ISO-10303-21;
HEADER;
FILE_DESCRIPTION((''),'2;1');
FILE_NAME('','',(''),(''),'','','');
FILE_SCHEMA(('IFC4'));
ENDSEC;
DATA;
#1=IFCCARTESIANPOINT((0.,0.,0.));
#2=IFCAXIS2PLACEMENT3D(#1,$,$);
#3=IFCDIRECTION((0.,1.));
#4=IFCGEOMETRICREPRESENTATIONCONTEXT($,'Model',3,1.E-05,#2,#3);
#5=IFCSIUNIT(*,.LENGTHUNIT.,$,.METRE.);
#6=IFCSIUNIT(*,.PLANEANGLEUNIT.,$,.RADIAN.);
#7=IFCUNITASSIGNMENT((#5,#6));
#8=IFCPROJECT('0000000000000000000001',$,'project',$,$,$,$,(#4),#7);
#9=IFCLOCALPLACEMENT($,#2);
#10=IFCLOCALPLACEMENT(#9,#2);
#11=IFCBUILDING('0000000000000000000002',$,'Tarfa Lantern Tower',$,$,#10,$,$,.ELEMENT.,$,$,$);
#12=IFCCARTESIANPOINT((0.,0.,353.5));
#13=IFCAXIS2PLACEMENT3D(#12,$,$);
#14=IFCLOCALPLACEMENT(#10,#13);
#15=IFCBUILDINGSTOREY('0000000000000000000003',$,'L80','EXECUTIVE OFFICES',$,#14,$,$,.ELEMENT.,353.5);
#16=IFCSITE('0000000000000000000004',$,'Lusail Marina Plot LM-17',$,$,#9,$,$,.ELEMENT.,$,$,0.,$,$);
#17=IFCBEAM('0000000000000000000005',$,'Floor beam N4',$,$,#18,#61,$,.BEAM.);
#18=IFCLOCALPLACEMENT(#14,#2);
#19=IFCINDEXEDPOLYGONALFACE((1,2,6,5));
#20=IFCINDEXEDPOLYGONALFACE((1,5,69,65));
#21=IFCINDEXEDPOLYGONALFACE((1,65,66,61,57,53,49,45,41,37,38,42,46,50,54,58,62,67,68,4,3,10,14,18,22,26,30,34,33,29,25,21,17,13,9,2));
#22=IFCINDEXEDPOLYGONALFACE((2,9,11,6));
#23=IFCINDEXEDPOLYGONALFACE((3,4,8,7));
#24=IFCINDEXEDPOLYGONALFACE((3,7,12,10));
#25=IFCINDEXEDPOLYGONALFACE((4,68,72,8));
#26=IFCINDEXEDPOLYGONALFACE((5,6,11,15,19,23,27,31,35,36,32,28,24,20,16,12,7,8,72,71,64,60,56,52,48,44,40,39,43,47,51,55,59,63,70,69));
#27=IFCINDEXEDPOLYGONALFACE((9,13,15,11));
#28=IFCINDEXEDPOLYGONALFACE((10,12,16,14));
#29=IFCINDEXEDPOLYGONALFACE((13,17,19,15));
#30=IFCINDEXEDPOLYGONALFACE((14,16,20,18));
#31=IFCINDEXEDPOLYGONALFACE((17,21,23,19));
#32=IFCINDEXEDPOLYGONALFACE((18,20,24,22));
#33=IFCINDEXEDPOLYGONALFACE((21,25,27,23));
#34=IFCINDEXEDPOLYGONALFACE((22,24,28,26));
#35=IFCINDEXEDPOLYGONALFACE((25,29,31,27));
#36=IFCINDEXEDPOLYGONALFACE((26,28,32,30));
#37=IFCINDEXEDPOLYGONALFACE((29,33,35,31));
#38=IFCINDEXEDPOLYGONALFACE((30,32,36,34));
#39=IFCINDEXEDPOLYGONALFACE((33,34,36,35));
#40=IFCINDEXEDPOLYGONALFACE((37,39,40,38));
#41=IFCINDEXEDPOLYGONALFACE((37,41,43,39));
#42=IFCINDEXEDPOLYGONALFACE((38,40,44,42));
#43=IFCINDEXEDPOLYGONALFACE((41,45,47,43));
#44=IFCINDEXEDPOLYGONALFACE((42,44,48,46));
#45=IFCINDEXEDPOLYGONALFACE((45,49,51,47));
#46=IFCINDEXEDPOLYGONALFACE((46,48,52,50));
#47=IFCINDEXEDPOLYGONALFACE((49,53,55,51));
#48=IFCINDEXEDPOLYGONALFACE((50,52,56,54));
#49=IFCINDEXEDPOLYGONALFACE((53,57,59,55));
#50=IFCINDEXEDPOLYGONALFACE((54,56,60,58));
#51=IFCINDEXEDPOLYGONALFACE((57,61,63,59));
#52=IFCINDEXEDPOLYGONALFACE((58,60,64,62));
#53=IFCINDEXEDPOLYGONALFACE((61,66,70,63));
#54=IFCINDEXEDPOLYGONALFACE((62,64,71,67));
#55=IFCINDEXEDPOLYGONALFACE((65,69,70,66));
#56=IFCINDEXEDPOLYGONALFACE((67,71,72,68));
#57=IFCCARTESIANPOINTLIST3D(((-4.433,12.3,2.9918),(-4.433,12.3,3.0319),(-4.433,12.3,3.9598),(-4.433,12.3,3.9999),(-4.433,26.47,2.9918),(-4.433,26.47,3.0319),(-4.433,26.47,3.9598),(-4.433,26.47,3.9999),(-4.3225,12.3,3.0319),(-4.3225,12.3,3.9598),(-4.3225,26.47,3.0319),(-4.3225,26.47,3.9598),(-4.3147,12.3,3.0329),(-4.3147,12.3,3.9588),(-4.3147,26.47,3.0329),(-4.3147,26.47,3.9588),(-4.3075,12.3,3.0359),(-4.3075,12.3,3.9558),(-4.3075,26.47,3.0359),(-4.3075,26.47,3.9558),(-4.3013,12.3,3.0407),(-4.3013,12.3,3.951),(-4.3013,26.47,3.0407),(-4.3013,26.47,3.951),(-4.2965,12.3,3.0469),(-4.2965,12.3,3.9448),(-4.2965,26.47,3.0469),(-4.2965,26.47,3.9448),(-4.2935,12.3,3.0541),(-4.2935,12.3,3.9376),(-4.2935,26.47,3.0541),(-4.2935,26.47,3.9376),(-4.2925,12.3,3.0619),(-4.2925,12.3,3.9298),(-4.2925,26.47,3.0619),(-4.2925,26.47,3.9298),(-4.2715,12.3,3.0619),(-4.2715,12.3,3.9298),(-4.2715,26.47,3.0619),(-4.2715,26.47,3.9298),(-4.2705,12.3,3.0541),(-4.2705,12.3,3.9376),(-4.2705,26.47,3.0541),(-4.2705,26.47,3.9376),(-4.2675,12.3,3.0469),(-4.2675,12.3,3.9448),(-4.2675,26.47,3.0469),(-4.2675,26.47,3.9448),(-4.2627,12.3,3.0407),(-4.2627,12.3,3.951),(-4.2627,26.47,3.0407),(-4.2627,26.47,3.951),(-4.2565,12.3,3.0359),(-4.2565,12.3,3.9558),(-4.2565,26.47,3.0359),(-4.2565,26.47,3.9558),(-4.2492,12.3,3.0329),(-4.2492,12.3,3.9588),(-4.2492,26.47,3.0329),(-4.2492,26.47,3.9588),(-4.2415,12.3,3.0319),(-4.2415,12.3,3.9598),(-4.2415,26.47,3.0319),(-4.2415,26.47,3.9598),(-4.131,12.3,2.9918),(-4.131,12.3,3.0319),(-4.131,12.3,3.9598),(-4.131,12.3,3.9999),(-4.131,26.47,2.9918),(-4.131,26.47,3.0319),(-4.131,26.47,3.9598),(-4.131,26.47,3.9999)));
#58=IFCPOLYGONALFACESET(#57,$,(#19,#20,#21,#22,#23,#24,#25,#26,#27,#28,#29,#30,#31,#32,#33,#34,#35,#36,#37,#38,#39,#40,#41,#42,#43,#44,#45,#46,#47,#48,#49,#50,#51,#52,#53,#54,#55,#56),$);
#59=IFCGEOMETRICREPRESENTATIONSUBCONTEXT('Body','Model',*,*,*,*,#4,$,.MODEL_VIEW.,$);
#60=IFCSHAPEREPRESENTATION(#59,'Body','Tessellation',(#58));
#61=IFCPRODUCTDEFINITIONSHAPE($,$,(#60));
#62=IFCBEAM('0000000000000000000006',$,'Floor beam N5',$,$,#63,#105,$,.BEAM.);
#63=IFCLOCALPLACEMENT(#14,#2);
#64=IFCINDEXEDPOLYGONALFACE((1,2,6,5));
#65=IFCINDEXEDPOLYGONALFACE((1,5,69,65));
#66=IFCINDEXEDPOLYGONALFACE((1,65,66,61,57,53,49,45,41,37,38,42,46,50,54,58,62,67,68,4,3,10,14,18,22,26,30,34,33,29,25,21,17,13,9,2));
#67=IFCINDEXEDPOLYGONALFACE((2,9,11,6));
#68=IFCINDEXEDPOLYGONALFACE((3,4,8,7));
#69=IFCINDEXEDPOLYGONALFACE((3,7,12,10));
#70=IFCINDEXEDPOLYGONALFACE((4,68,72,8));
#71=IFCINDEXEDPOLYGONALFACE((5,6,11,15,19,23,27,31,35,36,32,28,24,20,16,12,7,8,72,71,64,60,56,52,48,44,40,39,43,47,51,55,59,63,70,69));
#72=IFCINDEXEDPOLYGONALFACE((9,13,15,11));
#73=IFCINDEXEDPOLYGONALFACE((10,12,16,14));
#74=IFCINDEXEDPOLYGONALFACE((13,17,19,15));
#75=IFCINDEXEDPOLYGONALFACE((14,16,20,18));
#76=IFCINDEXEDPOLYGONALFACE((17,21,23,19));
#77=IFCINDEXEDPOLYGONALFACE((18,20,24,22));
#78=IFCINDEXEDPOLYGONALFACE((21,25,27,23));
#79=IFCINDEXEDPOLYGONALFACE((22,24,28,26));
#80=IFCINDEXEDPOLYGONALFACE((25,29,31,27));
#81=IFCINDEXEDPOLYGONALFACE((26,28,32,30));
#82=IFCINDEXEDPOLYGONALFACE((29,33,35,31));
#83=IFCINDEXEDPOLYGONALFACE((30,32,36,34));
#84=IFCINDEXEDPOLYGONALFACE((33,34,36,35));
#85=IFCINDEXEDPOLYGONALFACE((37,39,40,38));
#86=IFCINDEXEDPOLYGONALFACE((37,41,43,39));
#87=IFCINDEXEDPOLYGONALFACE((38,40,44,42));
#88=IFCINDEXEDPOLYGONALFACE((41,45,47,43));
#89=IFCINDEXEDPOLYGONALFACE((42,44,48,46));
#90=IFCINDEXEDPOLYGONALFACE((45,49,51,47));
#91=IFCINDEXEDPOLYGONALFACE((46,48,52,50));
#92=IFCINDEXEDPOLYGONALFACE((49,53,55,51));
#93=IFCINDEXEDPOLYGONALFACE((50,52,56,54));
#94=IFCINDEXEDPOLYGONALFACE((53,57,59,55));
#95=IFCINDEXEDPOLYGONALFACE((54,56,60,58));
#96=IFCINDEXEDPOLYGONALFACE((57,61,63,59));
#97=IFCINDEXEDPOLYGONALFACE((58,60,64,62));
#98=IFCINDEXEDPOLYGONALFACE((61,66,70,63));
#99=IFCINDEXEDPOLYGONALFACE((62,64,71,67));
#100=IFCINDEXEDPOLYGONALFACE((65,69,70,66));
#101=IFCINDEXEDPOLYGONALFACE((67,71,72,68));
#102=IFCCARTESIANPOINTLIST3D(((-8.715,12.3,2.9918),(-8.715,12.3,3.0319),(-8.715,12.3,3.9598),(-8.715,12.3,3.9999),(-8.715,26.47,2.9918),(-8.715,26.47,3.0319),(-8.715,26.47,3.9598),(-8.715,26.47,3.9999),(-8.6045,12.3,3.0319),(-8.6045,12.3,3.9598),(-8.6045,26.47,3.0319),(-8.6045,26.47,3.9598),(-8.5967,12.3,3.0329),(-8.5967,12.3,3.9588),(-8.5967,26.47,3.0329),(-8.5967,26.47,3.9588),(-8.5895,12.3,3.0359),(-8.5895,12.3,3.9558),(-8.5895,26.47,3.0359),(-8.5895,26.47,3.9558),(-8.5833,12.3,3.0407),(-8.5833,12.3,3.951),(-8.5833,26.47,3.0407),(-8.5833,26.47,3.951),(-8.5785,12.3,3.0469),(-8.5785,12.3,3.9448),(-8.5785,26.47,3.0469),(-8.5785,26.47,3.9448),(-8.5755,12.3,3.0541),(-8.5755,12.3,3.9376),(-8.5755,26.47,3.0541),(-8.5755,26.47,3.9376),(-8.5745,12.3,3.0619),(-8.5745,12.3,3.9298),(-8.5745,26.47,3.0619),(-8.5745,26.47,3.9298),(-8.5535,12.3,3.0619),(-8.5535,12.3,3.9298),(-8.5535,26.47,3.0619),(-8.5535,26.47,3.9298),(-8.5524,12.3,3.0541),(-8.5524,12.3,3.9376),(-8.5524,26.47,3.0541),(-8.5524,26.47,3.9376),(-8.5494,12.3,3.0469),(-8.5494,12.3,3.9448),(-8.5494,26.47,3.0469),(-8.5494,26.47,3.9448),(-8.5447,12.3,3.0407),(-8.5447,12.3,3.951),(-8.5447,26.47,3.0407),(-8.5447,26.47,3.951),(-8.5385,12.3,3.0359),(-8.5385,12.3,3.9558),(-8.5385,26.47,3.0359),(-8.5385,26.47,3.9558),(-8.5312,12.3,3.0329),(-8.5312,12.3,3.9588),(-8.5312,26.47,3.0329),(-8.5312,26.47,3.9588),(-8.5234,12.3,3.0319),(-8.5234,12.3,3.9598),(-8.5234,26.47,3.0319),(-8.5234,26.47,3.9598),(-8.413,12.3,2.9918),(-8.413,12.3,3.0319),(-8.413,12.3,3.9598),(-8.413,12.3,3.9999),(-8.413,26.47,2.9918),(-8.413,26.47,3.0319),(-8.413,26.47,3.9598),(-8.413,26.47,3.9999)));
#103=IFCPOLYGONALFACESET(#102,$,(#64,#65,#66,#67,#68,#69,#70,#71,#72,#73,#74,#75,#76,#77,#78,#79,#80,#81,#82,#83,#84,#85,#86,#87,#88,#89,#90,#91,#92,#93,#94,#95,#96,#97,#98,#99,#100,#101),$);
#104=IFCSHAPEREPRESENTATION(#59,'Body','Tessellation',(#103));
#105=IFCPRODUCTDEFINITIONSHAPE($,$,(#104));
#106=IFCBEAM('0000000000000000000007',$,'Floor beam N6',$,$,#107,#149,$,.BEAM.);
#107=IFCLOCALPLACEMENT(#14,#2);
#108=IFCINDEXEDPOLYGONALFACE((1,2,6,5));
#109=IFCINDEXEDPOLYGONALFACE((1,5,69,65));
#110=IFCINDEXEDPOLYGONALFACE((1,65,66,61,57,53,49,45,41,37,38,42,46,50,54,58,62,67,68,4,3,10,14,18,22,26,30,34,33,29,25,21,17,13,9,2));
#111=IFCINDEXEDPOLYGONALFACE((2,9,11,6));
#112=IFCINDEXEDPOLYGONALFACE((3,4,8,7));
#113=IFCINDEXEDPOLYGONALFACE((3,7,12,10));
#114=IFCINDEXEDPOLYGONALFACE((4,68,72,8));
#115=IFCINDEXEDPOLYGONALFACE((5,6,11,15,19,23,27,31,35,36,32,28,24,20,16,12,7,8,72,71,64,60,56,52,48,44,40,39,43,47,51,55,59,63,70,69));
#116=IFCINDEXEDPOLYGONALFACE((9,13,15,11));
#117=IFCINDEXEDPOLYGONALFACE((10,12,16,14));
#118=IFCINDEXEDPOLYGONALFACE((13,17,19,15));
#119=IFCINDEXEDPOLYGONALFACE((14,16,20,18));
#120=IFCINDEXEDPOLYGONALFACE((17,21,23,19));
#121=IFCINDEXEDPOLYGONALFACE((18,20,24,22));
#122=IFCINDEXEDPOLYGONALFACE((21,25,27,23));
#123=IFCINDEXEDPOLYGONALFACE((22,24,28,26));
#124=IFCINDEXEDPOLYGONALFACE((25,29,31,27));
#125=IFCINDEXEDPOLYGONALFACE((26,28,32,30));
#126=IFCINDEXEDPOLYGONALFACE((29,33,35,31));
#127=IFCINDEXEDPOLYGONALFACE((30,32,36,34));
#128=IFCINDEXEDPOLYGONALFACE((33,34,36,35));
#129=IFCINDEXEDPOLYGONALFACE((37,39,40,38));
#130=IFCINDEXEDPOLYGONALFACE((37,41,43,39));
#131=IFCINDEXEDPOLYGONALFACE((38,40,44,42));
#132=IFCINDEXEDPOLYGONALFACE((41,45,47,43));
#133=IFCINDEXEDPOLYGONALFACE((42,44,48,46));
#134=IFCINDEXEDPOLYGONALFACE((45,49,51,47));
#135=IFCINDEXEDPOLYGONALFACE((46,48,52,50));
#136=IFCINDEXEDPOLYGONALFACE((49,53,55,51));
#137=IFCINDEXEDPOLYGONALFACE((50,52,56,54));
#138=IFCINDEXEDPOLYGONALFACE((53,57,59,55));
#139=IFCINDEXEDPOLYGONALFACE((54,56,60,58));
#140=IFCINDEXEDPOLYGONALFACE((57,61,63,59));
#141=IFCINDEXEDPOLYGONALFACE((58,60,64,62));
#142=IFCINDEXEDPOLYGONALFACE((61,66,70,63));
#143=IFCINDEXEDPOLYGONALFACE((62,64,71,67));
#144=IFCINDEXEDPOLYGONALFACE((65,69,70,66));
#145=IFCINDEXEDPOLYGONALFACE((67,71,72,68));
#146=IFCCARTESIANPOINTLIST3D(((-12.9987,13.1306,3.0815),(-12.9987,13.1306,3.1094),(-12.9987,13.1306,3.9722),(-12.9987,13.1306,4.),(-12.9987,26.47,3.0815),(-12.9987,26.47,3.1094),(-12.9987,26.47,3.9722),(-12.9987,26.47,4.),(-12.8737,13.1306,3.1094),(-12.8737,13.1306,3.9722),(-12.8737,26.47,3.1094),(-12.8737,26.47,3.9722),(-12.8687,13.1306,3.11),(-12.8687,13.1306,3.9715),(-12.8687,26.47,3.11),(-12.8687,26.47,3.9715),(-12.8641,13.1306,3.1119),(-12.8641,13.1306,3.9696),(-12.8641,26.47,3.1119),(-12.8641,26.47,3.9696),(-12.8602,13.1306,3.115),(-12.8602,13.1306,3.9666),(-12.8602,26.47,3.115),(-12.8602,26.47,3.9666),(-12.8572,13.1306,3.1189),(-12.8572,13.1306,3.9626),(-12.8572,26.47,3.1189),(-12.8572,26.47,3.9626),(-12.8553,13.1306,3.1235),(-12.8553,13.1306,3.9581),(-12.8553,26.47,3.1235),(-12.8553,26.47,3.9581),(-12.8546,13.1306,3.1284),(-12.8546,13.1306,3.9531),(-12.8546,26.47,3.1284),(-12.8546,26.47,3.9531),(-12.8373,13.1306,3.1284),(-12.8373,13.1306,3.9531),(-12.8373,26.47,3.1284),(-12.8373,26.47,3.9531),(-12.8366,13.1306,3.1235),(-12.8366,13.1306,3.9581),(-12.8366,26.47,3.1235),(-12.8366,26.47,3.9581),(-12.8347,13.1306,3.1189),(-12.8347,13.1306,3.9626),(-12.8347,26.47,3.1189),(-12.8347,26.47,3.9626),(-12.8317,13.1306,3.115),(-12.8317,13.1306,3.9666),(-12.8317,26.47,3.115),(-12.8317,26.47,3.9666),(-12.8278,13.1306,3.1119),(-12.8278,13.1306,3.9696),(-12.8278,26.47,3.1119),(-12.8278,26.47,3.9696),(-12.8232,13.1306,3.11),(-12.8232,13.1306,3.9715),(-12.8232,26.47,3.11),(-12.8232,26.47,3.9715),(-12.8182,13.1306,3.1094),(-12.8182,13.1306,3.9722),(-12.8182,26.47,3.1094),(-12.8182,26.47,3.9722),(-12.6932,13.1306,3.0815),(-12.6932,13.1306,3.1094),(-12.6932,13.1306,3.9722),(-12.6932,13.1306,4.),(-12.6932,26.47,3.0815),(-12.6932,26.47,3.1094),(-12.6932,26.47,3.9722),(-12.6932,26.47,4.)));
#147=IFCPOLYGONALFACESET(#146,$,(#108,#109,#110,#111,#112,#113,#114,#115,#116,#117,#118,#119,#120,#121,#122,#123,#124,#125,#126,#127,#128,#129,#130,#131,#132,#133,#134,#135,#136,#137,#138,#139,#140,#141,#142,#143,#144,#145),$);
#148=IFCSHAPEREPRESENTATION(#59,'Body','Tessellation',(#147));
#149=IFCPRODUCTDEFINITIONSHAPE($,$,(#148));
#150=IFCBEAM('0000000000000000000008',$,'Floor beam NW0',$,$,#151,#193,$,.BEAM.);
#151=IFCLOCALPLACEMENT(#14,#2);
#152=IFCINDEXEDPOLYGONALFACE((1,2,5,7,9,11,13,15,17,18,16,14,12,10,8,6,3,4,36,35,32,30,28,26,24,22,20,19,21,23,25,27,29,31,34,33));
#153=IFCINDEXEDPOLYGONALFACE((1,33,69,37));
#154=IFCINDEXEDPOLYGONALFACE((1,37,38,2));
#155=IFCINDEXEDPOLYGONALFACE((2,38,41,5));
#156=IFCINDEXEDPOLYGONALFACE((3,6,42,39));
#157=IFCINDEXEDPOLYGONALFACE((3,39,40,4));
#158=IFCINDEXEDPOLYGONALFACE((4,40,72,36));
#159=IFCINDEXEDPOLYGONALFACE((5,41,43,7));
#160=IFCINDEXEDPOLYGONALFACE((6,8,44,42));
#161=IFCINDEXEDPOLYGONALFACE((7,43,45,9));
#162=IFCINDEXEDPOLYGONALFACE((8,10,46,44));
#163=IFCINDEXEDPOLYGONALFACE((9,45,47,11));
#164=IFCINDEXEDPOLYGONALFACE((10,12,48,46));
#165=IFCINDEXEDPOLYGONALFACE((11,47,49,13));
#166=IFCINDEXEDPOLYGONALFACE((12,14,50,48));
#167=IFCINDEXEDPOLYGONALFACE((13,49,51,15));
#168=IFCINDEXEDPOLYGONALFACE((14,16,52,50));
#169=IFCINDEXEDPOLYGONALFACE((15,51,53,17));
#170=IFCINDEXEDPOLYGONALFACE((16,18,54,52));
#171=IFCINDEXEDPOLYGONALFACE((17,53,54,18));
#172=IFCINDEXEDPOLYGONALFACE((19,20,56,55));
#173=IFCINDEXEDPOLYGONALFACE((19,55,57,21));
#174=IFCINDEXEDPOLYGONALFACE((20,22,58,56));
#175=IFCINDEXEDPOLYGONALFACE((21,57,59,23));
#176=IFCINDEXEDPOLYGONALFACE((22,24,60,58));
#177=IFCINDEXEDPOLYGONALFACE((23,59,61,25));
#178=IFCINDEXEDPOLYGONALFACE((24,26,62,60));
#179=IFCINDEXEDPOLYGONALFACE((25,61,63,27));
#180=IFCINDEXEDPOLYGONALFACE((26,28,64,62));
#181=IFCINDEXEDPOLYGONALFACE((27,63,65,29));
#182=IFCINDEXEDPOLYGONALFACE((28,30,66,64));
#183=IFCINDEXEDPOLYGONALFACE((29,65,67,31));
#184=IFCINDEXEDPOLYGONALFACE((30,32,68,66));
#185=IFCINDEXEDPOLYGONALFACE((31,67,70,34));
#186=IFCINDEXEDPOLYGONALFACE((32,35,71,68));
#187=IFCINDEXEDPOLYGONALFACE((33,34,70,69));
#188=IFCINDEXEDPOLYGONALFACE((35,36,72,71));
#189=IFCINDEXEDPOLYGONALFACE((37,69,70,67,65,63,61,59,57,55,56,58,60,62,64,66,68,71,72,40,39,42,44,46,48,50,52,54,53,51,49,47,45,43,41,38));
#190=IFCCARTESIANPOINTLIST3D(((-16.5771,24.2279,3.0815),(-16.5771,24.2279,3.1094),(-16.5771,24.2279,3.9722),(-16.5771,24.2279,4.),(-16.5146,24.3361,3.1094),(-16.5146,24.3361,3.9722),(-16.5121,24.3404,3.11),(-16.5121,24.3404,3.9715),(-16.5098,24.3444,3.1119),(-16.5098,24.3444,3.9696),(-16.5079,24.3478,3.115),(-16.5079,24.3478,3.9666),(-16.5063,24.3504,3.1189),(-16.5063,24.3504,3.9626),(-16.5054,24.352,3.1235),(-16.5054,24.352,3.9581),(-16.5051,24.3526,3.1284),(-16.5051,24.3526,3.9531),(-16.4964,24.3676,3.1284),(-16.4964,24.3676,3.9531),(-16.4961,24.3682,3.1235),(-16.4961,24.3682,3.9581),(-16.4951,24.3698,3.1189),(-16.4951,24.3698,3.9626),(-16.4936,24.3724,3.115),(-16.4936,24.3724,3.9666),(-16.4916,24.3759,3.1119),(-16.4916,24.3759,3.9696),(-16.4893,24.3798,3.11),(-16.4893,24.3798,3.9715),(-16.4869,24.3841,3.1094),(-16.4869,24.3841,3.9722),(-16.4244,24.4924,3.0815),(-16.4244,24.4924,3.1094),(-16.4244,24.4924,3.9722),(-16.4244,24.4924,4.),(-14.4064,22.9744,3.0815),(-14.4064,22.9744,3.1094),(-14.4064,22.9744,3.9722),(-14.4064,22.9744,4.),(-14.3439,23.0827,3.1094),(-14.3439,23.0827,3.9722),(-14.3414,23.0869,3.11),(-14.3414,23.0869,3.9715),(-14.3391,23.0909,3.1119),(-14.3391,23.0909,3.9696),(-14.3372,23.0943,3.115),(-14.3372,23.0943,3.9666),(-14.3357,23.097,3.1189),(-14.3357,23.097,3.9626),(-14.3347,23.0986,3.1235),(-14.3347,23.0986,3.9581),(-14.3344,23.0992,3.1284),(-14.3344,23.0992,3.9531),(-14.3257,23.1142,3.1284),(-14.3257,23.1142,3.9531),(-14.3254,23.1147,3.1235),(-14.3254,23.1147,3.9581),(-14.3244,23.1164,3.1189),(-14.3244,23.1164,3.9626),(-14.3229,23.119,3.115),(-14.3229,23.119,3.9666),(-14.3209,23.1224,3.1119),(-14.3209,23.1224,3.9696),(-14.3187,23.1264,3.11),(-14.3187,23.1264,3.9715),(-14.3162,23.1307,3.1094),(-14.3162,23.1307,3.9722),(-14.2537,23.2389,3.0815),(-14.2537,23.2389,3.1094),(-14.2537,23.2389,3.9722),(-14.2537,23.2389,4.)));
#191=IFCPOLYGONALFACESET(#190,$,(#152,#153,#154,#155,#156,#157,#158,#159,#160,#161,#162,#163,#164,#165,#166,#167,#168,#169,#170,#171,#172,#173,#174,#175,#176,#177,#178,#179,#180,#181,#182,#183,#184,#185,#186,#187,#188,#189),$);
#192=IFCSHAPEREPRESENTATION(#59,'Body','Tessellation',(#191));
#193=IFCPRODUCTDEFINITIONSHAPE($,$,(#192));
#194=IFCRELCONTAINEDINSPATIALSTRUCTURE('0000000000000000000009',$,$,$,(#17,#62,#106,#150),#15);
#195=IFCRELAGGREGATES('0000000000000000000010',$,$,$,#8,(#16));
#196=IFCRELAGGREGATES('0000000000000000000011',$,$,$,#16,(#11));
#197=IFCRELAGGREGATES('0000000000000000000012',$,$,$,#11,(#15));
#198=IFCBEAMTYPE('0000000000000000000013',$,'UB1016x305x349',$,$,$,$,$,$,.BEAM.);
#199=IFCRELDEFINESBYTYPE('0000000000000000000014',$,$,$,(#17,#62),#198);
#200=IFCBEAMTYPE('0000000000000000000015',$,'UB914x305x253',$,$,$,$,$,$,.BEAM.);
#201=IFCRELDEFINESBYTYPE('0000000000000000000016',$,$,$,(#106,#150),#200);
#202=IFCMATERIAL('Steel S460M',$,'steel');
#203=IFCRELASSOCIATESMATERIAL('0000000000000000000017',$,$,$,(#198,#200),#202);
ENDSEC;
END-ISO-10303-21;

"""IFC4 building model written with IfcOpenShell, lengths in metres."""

from ifc_helpers import new_model, si_unit, direction, frame, origin, origin_2d, place, context, subcontext, project, spatial, i_section, extrude, material, material_profile, profile_set, type_object, element, save


model = new_model("IFC4")

# Units and contexts
model_context = context("Model", 3, precision=1e-05, world=origin(), true_north=direction((0.0, 1.0)))
body_context = subcontext(model_context, "Body", "Model", "MODEL_VIEW")
ifc_project = project(units=[si_unit("LENGTHUNIT", "METRE"), si_unit("PLANEANGLEUNIT", "RADIAN")], contexts=[model_context])

# Site, building, storey
site_placement = place(None, origin())
site = spatial("IfcSite", under=ifc_project, at=site_placement, Name="Lusail Marina Plot LM-17", CompositionType="ELEMENT", RefElevation=0.0)
building_placement = place(site_placement, origin())
building = spatial("IfcBuilding", under=site, at=building_placement, Name="Tarfa Lantern Tower", CompositionType="ELEMENT")
storey_placement = place(building_placement, frame((0.0, 0.0, 353.5)))
storey = spatial("IfcBuildingStorey", under=building, at=storey_placement, Name="L80", Description="EXECUTIVE OFFICES", CompositionType="ELEMENT", Elevation=353.5)

# Beams
ifc_material_1 = material(Name="Steel S460M", Category="steel")
ifc_material_profile_1 = material_profile(ifc_material_1, i_section(OverallWidth=0.302, OverallDepth=1.0081, WebThickness=0.021, FlangeThickness=0.04, FilletRadius=0.03, at=origin_2d()), Name="UB1016x305x349")
ifc_profile_set_1 = profile_set([ifc_material_profile_1], Name="Steel S460M")
beam_type_1 = type_object("IfcBeamType", Name="UB1016x305x349", PredefinedType="BEAM", material=ifc_profile_set_1)
for number, where, z_axis, x_axis, name in (
    (1, (-4.282, 26.47, 3.4958), (0.0, -1.0, 0.0), (1.0, 0.0, 0.0), "Floor beam N4"),
    (2, (-8.564, 26.47, 3.4958), (0.0, -1.0, 0.0), (1.0, 0.0, 0.0), "Floor beam N5"),
):
    element("IfcBeam", number, at=place(storey_placement, frame(where, z_axis=z_axis, x_axis=x_axis)), inside=storey, type_object=beam_type_1, Name=name, PredefinedType="BEAM", context=body_context, shape_type="SweptSolid", body=[
        extrude(i_section(OverallWidth=0.302, OverallDepth=1.0081, WebThickness=0.021, FlangeThickness=0.04, FilletRadius=0.03, at=origin_2d()), origin(), (0.0, 0.0, 1.0), 14.1699),
    ])
ifc_material_profile_2 = material_profile(ifc_material_1, i_section(OverallWidth=0.3054, OverallDepth=0.9185, WebThickness=0.0173, FlangeThickness=0.0278, FilletRadius=0.019, at=origin_2d()), Name="UB914x305x253")
ifc_profile_set_2 = profile_set([ifc_material_profile_2], Name="Steel S460M")
beam_type_2 = type_object("IfcBeamType", Name="UB914x305x253", PredefinedType="BEAM", material=ifc_profile_set_2)
beam_1_placement = place(storey_placement, frame((-12.8459, 26.47, 3.5408), z_axis=(0.0, -1.0, 0.0), x_axis=(1.0, 0.0, 0.0)))
element("IfcBeam", 3, at=beam_1_placement, inside=storey, type_object=beam_type_2, Name="Floor beam N6", PredefinedType="BEAM", context=body_context, shape_type="SweptSolid", body=[
    extrude(i_section(OverallWidth=0.3054, OverallDepth=0.9185, WebThickness=0.0173, FlangeThickness=0.0278, FilletRadius=0.019, at=origin_2d()), origin(), (0.0, 0.0, 1.0), 13.3394),
])
beam_2_placement = place(storey_placement, frame((-16.5007, 24.3601, 3.5408), z_axis=(0.865993, -0.500057, 0.0), x_axis=(0.500057, 0.865993, 0.0)))
element("IfcBeam", 4, at=beam_2_placement, inside=storey, type_object=beam_type_2, Name="Floor beam NW0", PredefinedType="BEAM", context=body_context, shape_type="SweptSolid", body=[
    extrude(i_section(OverallWidth=0.3054, OverallDepth=0.9185, WebThickness=0.0173, FlangeThickness=0.0278, FilletRadius=0.019, at=origin_2d()), origin(), (0.0, 0.0, 1.0), 2.5066),
])

save(model, "model.ifc")
